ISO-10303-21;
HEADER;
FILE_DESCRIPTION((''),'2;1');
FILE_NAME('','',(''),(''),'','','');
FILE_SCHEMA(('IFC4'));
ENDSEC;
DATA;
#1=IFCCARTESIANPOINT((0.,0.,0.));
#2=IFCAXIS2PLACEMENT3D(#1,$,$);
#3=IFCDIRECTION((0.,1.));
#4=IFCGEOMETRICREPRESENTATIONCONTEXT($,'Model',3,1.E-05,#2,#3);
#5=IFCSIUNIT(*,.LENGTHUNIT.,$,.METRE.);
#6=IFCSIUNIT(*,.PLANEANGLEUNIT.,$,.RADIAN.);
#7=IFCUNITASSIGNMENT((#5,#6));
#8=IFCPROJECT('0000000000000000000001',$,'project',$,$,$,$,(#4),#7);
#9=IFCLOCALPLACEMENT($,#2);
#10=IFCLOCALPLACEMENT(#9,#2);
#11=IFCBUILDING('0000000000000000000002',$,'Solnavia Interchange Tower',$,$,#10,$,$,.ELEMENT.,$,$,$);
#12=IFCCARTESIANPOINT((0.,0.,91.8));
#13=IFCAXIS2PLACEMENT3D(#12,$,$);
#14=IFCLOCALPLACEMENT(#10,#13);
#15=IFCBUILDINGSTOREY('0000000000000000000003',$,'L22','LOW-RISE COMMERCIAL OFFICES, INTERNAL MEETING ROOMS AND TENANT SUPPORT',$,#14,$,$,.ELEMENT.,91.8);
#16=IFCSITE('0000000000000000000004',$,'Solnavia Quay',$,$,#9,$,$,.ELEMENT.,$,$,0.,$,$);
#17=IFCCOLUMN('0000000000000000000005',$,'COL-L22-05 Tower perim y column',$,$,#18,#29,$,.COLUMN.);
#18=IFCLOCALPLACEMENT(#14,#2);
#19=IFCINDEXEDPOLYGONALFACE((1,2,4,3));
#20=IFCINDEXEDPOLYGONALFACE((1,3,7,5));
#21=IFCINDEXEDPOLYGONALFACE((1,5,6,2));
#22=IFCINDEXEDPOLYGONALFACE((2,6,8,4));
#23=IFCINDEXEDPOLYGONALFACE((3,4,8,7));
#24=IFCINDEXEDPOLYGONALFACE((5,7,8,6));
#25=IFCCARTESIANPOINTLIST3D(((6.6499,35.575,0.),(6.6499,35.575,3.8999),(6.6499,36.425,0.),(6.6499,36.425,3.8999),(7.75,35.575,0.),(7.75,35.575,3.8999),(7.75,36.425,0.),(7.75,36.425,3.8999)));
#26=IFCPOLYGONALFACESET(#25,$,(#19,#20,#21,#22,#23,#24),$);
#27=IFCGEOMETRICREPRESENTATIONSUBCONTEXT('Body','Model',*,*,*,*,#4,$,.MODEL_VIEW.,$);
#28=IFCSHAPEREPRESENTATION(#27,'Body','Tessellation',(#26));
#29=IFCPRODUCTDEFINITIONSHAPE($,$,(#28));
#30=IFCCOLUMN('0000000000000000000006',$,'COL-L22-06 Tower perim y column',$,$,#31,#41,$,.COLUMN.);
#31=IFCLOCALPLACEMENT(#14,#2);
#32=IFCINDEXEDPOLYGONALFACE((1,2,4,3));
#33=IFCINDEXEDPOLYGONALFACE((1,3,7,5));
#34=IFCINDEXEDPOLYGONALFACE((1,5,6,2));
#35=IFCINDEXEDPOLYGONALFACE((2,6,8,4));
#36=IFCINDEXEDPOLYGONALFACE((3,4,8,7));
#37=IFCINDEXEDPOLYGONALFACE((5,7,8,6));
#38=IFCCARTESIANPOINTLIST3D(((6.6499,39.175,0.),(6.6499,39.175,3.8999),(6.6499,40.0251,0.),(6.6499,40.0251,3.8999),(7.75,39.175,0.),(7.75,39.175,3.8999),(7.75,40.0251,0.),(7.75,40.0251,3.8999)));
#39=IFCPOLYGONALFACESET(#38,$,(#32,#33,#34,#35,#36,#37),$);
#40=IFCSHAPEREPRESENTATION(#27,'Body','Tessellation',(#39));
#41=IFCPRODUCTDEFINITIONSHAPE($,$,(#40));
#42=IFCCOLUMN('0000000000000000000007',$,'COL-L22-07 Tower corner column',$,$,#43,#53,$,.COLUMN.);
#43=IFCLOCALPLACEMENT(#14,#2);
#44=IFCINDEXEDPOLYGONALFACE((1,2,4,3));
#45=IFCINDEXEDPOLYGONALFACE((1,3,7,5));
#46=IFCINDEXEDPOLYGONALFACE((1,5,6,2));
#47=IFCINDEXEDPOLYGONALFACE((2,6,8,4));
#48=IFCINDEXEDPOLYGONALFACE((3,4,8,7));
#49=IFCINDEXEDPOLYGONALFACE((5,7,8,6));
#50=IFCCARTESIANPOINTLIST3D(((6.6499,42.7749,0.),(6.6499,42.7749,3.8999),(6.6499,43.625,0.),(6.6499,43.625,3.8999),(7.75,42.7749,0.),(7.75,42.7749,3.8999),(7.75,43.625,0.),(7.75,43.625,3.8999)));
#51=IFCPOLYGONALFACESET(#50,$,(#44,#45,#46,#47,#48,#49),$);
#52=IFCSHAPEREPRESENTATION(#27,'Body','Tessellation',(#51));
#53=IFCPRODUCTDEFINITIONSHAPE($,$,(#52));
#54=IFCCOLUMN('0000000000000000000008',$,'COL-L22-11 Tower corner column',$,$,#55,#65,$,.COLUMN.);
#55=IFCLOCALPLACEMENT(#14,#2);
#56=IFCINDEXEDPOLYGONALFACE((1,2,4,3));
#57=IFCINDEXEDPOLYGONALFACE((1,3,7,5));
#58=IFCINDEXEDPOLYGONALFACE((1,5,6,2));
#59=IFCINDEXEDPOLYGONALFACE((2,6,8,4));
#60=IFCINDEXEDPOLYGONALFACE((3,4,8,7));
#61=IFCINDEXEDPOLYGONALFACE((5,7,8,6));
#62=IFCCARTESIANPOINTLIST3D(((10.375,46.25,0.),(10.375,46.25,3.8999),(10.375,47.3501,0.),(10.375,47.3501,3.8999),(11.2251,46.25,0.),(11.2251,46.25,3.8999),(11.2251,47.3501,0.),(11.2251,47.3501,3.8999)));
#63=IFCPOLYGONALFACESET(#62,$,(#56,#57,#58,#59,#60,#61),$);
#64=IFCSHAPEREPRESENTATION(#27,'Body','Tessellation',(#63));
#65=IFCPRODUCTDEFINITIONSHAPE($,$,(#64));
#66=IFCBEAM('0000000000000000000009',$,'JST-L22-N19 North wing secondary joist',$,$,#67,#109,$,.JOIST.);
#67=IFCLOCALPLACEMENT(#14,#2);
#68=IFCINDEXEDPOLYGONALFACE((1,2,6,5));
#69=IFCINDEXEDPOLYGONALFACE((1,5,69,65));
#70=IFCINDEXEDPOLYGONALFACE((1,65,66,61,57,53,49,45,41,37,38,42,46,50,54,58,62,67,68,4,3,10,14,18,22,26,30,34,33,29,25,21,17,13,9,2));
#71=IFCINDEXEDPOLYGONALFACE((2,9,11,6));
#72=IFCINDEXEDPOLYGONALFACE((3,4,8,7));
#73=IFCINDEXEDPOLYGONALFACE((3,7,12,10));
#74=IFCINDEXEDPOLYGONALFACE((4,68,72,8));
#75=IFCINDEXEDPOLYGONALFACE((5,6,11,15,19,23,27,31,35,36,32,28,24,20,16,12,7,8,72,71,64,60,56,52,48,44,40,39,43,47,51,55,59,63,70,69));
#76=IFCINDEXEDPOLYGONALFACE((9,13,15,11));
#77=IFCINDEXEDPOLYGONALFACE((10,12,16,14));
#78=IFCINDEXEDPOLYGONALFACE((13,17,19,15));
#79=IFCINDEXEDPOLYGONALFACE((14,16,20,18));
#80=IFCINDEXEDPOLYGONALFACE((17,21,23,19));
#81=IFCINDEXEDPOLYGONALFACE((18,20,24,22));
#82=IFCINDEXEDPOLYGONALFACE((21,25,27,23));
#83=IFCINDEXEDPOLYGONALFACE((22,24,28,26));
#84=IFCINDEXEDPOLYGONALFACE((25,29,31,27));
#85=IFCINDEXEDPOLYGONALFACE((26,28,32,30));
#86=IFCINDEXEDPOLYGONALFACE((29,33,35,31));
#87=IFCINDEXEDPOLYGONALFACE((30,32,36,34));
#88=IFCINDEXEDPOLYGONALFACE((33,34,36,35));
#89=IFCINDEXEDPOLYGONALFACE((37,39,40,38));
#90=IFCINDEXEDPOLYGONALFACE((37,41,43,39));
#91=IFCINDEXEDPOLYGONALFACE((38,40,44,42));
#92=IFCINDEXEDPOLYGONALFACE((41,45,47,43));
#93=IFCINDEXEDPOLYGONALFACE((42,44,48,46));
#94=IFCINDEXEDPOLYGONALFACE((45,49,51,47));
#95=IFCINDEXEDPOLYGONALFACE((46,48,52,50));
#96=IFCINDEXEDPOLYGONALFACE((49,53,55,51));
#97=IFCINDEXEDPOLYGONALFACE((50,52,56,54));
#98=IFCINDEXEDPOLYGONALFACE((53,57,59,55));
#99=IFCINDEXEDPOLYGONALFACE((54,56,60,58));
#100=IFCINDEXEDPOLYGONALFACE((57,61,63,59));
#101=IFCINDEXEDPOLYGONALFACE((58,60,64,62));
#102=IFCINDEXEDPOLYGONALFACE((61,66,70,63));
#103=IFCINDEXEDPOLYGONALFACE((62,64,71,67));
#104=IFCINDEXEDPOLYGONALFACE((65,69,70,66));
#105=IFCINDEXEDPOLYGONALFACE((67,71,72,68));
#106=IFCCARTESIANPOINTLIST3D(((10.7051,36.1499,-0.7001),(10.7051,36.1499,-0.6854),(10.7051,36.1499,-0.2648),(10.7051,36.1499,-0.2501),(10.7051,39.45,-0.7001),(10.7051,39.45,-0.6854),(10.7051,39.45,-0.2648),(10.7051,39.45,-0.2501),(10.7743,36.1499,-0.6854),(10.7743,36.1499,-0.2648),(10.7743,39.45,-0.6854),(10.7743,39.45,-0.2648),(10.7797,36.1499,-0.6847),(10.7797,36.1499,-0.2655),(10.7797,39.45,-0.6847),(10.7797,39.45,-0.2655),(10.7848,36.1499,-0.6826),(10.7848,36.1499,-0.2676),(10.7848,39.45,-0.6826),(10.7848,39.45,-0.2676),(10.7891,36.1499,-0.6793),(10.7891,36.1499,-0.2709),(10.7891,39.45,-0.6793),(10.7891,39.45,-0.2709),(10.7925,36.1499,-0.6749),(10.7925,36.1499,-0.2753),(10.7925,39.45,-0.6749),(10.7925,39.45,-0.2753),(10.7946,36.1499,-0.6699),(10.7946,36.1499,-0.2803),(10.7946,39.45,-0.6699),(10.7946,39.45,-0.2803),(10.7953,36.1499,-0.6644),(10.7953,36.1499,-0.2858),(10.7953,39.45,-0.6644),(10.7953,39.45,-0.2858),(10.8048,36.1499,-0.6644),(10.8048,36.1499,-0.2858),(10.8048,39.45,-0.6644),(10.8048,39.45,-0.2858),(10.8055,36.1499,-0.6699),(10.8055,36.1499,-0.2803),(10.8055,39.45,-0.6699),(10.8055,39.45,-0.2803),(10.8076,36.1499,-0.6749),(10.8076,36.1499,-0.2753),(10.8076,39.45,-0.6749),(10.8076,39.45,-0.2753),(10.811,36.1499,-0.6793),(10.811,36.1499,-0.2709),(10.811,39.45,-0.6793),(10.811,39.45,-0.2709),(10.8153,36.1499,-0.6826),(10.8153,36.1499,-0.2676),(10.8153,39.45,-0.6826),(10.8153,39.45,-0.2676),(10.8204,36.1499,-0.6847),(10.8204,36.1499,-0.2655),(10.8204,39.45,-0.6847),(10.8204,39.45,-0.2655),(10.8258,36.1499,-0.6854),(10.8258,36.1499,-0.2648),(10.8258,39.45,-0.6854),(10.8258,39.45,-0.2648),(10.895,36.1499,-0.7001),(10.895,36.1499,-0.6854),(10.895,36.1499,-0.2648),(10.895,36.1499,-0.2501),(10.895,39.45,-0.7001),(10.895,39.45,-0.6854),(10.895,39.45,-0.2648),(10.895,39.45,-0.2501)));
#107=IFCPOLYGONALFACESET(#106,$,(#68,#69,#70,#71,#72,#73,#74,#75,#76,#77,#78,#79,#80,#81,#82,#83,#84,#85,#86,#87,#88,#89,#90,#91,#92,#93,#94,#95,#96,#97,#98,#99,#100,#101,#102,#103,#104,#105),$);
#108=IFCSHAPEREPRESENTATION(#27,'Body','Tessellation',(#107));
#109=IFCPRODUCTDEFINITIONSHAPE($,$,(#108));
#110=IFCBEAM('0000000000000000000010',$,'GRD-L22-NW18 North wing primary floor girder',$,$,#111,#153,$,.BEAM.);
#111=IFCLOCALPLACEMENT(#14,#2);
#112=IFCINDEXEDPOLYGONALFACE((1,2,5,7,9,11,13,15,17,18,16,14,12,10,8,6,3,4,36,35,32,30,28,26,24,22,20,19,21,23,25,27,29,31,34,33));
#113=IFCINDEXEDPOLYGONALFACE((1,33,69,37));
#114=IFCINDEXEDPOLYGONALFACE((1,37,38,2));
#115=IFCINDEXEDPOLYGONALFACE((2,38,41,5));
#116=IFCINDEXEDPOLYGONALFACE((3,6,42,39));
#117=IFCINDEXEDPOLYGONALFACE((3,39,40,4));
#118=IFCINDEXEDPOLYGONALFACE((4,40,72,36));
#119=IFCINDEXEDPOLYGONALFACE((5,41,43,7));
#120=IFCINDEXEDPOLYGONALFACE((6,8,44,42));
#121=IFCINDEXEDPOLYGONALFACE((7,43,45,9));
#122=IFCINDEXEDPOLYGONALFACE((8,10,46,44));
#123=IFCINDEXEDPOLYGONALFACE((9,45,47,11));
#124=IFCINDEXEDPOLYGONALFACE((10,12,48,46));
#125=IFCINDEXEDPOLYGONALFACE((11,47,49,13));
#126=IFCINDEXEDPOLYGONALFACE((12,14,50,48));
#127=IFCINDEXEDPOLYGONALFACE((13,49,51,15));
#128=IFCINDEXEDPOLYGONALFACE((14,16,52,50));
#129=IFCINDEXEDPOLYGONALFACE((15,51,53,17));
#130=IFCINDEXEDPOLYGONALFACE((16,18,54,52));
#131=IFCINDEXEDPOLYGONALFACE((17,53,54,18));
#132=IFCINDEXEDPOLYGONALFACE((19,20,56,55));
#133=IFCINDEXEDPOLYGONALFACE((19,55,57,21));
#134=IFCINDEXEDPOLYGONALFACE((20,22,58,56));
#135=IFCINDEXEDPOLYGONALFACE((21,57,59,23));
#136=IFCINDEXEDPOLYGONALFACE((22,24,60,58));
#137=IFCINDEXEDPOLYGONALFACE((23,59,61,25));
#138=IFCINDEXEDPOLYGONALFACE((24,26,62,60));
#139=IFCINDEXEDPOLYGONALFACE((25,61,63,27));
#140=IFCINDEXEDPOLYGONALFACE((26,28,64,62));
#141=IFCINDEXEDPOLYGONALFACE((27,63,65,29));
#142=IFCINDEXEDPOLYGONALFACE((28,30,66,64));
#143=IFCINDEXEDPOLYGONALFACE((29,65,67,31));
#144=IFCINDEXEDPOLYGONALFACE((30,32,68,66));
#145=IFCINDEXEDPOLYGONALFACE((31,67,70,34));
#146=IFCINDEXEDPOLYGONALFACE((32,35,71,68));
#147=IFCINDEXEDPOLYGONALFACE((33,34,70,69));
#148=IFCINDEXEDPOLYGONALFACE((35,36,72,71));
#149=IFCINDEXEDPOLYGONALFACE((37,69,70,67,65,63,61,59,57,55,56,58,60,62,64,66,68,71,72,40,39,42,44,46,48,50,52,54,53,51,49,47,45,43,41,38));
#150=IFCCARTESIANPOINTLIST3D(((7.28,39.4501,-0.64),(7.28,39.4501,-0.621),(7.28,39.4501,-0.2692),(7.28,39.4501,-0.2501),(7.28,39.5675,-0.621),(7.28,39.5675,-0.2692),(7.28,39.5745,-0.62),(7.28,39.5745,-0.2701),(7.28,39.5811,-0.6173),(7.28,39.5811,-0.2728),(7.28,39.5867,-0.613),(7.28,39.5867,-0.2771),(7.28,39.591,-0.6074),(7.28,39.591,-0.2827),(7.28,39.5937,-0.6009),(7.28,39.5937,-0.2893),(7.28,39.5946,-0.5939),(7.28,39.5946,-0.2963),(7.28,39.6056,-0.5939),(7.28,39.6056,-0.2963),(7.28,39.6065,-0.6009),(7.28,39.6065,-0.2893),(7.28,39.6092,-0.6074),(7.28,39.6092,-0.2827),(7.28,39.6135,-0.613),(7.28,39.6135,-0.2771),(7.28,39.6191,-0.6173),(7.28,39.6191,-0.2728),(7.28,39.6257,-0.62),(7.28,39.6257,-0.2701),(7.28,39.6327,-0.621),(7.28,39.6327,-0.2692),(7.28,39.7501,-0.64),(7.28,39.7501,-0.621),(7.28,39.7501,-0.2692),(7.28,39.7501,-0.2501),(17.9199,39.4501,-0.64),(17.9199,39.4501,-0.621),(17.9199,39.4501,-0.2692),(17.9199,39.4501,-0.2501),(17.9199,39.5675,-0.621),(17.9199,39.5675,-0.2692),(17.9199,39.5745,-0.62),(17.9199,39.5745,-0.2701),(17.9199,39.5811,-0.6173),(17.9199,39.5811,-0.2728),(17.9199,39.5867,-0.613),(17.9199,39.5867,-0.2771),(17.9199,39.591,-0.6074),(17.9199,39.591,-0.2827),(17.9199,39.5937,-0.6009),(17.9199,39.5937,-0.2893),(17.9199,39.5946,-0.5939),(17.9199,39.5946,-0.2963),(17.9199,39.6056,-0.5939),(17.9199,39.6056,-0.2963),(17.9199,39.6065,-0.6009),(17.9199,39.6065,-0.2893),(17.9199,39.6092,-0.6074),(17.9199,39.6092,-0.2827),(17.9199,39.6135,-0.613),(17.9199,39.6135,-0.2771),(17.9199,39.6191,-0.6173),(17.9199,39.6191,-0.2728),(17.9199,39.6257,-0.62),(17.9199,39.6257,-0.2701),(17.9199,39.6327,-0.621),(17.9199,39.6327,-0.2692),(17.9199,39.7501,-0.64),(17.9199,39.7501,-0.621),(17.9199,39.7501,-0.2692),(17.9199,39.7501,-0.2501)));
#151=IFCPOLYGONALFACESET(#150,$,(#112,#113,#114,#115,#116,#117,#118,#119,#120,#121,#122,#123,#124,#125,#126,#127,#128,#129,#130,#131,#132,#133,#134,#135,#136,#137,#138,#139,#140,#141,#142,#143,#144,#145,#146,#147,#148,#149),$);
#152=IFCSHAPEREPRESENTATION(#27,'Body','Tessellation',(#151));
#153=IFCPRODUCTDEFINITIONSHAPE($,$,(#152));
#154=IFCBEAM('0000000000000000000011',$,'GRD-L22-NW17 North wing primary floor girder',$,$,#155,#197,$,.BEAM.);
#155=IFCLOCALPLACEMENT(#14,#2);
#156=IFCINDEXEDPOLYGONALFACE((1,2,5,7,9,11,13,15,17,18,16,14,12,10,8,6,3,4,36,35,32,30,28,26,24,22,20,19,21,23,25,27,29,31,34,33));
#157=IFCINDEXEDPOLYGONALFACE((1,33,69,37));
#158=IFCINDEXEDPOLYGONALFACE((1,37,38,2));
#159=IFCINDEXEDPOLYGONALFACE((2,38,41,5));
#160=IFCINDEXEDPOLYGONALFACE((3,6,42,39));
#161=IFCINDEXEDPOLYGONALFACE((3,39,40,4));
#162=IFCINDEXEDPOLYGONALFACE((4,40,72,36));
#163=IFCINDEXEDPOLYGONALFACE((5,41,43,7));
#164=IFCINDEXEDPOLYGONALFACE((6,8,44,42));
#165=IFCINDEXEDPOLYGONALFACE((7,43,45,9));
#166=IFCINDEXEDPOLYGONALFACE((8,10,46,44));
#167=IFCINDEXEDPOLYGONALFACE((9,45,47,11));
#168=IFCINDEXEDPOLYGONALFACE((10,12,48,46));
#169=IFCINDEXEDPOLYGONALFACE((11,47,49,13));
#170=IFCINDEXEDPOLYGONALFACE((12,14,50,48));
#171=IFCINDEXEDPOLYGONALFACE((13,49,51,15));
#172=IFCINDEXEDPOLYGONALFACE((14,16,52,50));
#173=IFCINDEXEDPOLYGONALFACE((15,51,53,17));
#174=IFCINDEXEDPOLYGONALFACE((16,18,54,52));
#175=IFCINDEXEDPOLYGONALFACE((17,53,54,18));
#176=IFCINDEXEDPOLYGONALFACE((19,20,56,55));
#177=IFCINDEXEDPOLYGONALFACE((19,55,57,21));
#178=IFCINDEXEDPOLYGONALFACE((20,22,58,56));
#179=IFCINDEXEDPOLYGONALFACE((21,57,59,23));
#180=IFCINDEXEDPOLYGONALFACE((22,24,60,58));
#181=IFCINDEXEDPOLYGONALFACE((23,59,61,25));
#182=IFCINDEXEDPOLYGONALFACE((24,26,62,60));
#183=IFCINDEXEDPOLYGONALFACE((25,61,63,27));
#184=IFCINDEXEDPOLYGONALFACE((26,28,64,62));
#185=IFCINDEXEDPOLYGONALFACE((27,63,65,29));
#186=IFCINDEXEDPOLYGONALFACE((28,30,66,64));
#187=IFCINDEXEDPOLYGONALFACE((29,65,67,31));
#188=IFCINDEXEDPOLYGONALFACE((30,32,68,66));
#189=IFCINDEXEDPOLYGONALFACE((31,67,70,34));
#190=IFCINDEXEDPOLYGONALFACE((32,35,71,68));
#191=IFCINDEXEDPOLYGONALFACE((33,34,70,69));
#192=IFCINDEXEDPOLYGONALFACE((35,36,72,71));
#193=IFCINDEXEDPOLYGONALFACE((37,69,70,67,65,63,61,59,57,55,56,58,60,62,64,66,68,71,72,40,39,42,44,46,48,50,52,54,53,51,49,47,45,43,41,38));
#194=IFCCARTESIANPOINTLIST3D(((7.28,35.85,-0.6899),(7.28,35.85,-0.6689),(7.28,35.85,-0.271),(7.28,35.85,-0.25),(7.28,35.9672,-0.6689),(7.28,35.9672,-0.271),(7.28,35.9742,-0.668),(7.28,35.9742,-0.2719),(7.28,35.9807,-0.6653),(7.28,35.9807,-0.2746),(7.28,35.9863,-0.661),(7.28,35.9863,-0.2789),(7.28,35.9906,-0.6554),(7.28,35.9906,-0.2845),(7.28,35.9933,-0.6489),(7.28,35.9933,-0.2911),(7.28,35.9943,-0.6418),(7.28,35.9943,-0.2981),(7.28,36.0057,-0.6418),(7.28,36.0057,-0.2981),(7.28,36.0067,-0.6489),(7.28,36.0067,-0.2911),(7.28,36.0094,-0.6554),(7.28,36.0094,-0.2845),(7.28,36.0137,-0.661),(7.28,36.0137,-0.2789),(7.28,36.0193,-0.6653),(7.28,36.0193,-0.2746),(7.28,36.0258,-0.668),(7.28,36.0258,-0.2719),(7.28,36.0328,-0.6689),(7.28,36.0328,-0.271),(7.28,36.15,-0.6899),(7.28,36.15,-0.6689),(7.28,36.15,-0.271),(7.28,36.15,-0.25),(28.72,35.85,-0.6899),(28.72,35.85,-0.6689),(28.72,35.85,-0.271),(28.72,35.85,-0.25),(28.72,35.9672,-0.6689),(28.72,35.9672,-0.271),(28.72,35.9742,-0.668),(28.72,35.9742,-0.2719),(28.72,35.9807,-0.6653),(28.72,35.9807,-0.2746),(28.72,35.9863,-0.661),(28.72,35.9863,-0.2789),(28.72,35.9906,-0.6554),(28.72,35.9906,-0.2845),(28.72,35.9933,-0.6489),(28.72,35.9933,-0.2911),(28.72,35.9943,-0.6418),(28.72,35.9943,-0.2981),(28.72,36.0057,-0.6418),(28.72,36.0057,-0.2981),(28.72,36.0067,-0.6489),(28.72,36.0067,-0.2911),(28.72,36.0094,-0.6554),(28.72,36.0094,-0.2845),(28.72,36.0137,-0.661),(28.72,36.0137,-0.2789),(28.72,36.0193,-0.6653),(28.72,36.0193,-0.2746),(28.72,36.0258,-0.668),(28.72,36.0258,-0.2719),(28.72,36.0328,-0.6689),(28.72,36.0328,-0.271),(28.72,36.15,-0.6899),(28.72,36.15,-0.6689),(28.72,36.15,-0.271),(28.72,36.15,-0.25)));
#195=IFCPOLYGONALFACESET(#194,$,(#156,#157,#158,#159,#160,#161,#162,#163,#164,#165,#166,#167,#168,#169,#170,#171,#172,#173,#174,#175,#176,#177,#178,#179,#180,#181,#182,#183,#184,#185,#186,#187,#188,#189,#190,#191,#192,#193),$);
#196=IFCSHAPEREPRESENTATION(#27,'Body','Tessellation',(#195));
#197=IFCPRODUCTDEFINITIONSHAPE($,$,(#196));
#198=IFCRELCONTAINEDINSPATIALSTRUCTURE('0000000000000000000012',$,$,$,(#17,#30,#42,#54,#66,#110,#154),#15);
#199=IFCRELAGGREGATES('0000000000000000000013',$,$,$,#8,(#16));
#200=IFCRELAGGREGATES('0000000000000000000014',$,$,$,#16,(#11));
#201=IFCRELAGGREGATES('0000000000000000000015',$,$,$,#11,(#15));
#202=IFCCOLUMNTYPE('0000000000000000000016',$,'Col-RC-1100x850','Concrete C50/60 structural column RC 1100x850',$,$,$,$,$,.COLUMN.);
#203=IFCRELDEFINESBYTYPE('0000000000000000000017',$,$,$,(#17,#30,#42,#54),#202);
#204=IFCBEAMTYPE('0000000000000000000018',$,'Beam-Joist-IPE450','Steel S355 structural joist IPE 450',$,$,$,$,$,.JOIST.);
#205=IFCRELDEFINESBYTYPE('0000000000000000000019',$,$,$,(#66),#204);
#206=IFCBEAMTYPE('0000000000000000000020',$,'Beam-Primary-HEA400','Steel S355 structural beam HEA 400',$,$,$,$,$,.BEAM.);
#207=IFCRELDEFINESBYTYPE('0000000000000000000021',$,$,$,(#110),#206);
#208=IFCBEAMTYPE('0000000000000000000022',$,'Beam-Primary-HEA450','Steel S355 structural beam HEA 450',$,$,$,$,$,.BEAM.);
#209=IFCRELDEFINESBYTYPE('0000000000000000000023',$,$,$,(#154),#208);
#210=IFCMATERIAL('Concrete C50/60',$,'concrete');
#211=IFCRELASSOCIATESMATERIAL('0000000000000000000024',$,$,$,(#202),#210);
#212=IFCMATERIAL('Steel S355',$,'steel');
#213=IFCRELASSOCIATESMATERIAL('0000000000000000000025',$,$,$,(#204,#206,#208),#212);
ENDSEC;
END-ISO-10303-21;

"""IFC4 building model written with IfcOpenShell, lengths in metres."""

from ifc_helpers import new_model, si_unit, direction, frame, origin, origin_2d, place, context, subcontext, project, spatial, rectangle, i_section, extrude, material, material_profile, profile_set, type_object, element, save


model = new_model("IFC4")

# Units and contexts
model_context = context("Model", 3, precision=1e-05, world=origin(), true_north=direction((0.0, 1.0)))
body_context = subcontext(model_context, "Body", "Model", "MODEL_VIEW")
ifc_project = project(units=[si_unit("LENGTHUNIT", "METRE"), si_unit("PLANEANGLEUNIT", "RADIAN")], contexts=[model_context])

# Site, building, storey
site_placement = place(None, origin())
site = spatial("IfcSite", under=ifc_project, at=site_placement, Name="Solnavia Quay", CompositionType="ELEMENT", RefElevation=0.0)
building_placement = place(site_placement, origin())
building = spatial("IfcBuilding", under=site, at=building_placement, Name="Solnavia Interchange Tower", CompositionType="ELEMENT")
storey_placement = place(building_placement, frame((0.0, 0.0, 91.8)))
storey = spatial("IfcBuildingStorey", under=building, at=storey_placement, Name="L22", Description="LOW-RISE COMMERCIAL OFFICES, INTERNAL MEETING ROOMS AND TENANT SUPPORT", CompositionType="ELEMENT", Elevation=91.8)

# Columns
ifc_material_1 = material(Name="Concrete C50/60", Category="concrete")
ifc_material_profile_1 = material_profile(ifc_material_1, rectangle(XDim=0.8501, YDim=1.1001, at=origin_2d()), Name="RC 1100x850")
ifc_profile_set_1 = profile_set([ifc_material_profile_1], Name="Concrete C50/60")
column_type = type_object("IfcColumnType", Name="Col-RC-1100x850", Description="Concrete C50/60 structural column RC 1100x850", PredefinedType="COLUMN", material=ifc_profile_set_1)
for number, where, z_axis, x_axis, name in (
    (1, (7.2, 36.0, 0.0), (0.0, 0.0, 1.0), (0.0, 1.0, 0.0), "COL-L22-05 Tower perim y column"),
    (2, (7.2, 39.6001, 0.0), (0.0, 0.0, 1.0), (0.0, 1.0, 0.0), "COL-L22-06 Tower perim y column"),
    (3, (7.2, 43.2, 0.0), (0.0, 0.0, 1.0), (0.0, 1.0, 0.0), "COL-L22-07 Tower corner column"),
    (4, (10.8, 46.8, 0.0), (0.0, 0.0, 1.0), (1.0, 0.0, 0.0), "COL-L22-11 Tower corner column"),
):
    element("IfcColumn", number, at=place(storey_placement, frame(where, z_axis=z_axis, x_axis=x_axis)), inside=storey, type_object=column_type, Name=name, PredefinedType="COLUMN", context=body_context, shape_type="SweptSolid", body=[
        extrude(rectangle(XDim=0.8501, YDim=1.1001, at=origin_2d()), origin(), (0.0, 0.0, 1.0), 3.8999),
    ])

# Beams
ifc_material_2 = material(Name="Steel S355", Category="steel")
ifc_material_profile_2 = material_profile(ifc_material_2, i_section(OverallWidth=0.1899, OverallDepth=0.45, WebThickness=0.0095, FlangeThickness=0.0146, FilletRadius=0.021, at=origin_2d()), Name="IPE 450")
ifc_profile_set_2 = profile_set([ifc_material_profile_2], Name="Steel S355")
beam_type_1 = type_object("IfcBeamType", Name="Beam-Joist-IPE450", Description="Steel S355 structural joist IPE 450", PredefinedType="JOIST", material=ifc_profile_set_2)
beam_1_placement = place(storey_placement, frame((10.8, 36.1499, -0.4751), z_axis=(0.0, 1.0, 0.0), x_axis=(-1.0, 0.0, 0.0)))
element("IfcBeam", 5, at=beam_1_placement, inside=storey, type_object=beam_type_1, Name="JST-L22-N19 North wing secondary joist", PredefinedType="JOIST", context=body_context, shape_type="SweptSolid", body=[
    extrude(i_section(OverallWidth=0.1899, OverallDepth=0.45, WebThickness=0.0095, FlangeThickness=0.0146, FilletRadius=0.021, at=origin_2d()), origin(), (0.0, 0.0, 1.0), 3.3),
])
ifc_material_profile_3 = material_profile(ifc_material_2, i_section(OverallWidth=0.3, OverallDepth=0.3899, WebThickness=0.011, FlangeThickness=0.019, FilletRadius=0.0271, at=origin_2d()), Name="HEA 400")
ifc_profile_set_3 = profile_set([ifc_material_profile_3], Name="Steel S355")
beam_type_2 = type_object("IfcBeamType", Name="Beam-Primary-HEA400", Description="Steel S355 structural beam HEA 400", PredefinedType="BEAM", material=ifc_profile_set_3)
beam_2_placement = place(storey_placement, frame((7.28, 39.6001, -0.4451), z_axis=(1.0, 0.0, 0.0), x_axis=(0.0, 1.0, 0.0)))
element("IfcBeam", 6, at=beam_2_placement, inside=storey, type_object=beam_type_2, Name="GRD-L22-NW18 North wing primary floor girder", PredefinedType="BEAM", context=body_context, shape_type="SweptSolid", body=[
    extrude(i_section(OverallWidth=0.3, OverallDepth=0.3899, WebThickness=0.011, FlangeThickness=0.019, FilletRadius=0.0271, at=origin_2d()), origin(), (0.0, 0.0, 1.0), 10.6399),
])
ifc_material_profile_4 = material_profile(ifc_material_2, i_section(OverallWidth=0.3, OverallDepth=0.4399, WebThickness=0.0115, FlangeThickness=0.021, FilletRadius=0.0271, at=origin_2d()), Name="HEA 450")
ifc_profile_set_4 = profile_set([ifc_material_profile_4], Name="Steel S355")
beam_type_3 = type_object("IfcBeamType", Name="Beam-Primary-HEA450", Description="Steel S355 structural beam HEA 450", PredefinedType="BEAM", material=ifc_profile_set_4)
beam_3_placement = place(storey_placement, frame((7.28, 36.0, -0.47), z_axis=(1.0, 0.0, 0.0), x_axis=(0.0, 1.0, 0.0)))
element("IfcBeam", 7, at=beam_3_placement, inside=storey, type_object=beam_type_3, Name="GRD-L22-NW17 North wing primary floor girder", PredefinedType="BEAM", context=body_context, shape_type="SweptSolid", body=[
    extrude(i_section(OverallWidth=0.3, OverallDepth=0.4399, WebThickness=0.0115, FlangeThickness=0.021, FilletRadius=0.0271, at=origin_2d()), origin(), (0.0, 0.0, 1.0), 21.4399),
])

save(model, "model.ifc")
